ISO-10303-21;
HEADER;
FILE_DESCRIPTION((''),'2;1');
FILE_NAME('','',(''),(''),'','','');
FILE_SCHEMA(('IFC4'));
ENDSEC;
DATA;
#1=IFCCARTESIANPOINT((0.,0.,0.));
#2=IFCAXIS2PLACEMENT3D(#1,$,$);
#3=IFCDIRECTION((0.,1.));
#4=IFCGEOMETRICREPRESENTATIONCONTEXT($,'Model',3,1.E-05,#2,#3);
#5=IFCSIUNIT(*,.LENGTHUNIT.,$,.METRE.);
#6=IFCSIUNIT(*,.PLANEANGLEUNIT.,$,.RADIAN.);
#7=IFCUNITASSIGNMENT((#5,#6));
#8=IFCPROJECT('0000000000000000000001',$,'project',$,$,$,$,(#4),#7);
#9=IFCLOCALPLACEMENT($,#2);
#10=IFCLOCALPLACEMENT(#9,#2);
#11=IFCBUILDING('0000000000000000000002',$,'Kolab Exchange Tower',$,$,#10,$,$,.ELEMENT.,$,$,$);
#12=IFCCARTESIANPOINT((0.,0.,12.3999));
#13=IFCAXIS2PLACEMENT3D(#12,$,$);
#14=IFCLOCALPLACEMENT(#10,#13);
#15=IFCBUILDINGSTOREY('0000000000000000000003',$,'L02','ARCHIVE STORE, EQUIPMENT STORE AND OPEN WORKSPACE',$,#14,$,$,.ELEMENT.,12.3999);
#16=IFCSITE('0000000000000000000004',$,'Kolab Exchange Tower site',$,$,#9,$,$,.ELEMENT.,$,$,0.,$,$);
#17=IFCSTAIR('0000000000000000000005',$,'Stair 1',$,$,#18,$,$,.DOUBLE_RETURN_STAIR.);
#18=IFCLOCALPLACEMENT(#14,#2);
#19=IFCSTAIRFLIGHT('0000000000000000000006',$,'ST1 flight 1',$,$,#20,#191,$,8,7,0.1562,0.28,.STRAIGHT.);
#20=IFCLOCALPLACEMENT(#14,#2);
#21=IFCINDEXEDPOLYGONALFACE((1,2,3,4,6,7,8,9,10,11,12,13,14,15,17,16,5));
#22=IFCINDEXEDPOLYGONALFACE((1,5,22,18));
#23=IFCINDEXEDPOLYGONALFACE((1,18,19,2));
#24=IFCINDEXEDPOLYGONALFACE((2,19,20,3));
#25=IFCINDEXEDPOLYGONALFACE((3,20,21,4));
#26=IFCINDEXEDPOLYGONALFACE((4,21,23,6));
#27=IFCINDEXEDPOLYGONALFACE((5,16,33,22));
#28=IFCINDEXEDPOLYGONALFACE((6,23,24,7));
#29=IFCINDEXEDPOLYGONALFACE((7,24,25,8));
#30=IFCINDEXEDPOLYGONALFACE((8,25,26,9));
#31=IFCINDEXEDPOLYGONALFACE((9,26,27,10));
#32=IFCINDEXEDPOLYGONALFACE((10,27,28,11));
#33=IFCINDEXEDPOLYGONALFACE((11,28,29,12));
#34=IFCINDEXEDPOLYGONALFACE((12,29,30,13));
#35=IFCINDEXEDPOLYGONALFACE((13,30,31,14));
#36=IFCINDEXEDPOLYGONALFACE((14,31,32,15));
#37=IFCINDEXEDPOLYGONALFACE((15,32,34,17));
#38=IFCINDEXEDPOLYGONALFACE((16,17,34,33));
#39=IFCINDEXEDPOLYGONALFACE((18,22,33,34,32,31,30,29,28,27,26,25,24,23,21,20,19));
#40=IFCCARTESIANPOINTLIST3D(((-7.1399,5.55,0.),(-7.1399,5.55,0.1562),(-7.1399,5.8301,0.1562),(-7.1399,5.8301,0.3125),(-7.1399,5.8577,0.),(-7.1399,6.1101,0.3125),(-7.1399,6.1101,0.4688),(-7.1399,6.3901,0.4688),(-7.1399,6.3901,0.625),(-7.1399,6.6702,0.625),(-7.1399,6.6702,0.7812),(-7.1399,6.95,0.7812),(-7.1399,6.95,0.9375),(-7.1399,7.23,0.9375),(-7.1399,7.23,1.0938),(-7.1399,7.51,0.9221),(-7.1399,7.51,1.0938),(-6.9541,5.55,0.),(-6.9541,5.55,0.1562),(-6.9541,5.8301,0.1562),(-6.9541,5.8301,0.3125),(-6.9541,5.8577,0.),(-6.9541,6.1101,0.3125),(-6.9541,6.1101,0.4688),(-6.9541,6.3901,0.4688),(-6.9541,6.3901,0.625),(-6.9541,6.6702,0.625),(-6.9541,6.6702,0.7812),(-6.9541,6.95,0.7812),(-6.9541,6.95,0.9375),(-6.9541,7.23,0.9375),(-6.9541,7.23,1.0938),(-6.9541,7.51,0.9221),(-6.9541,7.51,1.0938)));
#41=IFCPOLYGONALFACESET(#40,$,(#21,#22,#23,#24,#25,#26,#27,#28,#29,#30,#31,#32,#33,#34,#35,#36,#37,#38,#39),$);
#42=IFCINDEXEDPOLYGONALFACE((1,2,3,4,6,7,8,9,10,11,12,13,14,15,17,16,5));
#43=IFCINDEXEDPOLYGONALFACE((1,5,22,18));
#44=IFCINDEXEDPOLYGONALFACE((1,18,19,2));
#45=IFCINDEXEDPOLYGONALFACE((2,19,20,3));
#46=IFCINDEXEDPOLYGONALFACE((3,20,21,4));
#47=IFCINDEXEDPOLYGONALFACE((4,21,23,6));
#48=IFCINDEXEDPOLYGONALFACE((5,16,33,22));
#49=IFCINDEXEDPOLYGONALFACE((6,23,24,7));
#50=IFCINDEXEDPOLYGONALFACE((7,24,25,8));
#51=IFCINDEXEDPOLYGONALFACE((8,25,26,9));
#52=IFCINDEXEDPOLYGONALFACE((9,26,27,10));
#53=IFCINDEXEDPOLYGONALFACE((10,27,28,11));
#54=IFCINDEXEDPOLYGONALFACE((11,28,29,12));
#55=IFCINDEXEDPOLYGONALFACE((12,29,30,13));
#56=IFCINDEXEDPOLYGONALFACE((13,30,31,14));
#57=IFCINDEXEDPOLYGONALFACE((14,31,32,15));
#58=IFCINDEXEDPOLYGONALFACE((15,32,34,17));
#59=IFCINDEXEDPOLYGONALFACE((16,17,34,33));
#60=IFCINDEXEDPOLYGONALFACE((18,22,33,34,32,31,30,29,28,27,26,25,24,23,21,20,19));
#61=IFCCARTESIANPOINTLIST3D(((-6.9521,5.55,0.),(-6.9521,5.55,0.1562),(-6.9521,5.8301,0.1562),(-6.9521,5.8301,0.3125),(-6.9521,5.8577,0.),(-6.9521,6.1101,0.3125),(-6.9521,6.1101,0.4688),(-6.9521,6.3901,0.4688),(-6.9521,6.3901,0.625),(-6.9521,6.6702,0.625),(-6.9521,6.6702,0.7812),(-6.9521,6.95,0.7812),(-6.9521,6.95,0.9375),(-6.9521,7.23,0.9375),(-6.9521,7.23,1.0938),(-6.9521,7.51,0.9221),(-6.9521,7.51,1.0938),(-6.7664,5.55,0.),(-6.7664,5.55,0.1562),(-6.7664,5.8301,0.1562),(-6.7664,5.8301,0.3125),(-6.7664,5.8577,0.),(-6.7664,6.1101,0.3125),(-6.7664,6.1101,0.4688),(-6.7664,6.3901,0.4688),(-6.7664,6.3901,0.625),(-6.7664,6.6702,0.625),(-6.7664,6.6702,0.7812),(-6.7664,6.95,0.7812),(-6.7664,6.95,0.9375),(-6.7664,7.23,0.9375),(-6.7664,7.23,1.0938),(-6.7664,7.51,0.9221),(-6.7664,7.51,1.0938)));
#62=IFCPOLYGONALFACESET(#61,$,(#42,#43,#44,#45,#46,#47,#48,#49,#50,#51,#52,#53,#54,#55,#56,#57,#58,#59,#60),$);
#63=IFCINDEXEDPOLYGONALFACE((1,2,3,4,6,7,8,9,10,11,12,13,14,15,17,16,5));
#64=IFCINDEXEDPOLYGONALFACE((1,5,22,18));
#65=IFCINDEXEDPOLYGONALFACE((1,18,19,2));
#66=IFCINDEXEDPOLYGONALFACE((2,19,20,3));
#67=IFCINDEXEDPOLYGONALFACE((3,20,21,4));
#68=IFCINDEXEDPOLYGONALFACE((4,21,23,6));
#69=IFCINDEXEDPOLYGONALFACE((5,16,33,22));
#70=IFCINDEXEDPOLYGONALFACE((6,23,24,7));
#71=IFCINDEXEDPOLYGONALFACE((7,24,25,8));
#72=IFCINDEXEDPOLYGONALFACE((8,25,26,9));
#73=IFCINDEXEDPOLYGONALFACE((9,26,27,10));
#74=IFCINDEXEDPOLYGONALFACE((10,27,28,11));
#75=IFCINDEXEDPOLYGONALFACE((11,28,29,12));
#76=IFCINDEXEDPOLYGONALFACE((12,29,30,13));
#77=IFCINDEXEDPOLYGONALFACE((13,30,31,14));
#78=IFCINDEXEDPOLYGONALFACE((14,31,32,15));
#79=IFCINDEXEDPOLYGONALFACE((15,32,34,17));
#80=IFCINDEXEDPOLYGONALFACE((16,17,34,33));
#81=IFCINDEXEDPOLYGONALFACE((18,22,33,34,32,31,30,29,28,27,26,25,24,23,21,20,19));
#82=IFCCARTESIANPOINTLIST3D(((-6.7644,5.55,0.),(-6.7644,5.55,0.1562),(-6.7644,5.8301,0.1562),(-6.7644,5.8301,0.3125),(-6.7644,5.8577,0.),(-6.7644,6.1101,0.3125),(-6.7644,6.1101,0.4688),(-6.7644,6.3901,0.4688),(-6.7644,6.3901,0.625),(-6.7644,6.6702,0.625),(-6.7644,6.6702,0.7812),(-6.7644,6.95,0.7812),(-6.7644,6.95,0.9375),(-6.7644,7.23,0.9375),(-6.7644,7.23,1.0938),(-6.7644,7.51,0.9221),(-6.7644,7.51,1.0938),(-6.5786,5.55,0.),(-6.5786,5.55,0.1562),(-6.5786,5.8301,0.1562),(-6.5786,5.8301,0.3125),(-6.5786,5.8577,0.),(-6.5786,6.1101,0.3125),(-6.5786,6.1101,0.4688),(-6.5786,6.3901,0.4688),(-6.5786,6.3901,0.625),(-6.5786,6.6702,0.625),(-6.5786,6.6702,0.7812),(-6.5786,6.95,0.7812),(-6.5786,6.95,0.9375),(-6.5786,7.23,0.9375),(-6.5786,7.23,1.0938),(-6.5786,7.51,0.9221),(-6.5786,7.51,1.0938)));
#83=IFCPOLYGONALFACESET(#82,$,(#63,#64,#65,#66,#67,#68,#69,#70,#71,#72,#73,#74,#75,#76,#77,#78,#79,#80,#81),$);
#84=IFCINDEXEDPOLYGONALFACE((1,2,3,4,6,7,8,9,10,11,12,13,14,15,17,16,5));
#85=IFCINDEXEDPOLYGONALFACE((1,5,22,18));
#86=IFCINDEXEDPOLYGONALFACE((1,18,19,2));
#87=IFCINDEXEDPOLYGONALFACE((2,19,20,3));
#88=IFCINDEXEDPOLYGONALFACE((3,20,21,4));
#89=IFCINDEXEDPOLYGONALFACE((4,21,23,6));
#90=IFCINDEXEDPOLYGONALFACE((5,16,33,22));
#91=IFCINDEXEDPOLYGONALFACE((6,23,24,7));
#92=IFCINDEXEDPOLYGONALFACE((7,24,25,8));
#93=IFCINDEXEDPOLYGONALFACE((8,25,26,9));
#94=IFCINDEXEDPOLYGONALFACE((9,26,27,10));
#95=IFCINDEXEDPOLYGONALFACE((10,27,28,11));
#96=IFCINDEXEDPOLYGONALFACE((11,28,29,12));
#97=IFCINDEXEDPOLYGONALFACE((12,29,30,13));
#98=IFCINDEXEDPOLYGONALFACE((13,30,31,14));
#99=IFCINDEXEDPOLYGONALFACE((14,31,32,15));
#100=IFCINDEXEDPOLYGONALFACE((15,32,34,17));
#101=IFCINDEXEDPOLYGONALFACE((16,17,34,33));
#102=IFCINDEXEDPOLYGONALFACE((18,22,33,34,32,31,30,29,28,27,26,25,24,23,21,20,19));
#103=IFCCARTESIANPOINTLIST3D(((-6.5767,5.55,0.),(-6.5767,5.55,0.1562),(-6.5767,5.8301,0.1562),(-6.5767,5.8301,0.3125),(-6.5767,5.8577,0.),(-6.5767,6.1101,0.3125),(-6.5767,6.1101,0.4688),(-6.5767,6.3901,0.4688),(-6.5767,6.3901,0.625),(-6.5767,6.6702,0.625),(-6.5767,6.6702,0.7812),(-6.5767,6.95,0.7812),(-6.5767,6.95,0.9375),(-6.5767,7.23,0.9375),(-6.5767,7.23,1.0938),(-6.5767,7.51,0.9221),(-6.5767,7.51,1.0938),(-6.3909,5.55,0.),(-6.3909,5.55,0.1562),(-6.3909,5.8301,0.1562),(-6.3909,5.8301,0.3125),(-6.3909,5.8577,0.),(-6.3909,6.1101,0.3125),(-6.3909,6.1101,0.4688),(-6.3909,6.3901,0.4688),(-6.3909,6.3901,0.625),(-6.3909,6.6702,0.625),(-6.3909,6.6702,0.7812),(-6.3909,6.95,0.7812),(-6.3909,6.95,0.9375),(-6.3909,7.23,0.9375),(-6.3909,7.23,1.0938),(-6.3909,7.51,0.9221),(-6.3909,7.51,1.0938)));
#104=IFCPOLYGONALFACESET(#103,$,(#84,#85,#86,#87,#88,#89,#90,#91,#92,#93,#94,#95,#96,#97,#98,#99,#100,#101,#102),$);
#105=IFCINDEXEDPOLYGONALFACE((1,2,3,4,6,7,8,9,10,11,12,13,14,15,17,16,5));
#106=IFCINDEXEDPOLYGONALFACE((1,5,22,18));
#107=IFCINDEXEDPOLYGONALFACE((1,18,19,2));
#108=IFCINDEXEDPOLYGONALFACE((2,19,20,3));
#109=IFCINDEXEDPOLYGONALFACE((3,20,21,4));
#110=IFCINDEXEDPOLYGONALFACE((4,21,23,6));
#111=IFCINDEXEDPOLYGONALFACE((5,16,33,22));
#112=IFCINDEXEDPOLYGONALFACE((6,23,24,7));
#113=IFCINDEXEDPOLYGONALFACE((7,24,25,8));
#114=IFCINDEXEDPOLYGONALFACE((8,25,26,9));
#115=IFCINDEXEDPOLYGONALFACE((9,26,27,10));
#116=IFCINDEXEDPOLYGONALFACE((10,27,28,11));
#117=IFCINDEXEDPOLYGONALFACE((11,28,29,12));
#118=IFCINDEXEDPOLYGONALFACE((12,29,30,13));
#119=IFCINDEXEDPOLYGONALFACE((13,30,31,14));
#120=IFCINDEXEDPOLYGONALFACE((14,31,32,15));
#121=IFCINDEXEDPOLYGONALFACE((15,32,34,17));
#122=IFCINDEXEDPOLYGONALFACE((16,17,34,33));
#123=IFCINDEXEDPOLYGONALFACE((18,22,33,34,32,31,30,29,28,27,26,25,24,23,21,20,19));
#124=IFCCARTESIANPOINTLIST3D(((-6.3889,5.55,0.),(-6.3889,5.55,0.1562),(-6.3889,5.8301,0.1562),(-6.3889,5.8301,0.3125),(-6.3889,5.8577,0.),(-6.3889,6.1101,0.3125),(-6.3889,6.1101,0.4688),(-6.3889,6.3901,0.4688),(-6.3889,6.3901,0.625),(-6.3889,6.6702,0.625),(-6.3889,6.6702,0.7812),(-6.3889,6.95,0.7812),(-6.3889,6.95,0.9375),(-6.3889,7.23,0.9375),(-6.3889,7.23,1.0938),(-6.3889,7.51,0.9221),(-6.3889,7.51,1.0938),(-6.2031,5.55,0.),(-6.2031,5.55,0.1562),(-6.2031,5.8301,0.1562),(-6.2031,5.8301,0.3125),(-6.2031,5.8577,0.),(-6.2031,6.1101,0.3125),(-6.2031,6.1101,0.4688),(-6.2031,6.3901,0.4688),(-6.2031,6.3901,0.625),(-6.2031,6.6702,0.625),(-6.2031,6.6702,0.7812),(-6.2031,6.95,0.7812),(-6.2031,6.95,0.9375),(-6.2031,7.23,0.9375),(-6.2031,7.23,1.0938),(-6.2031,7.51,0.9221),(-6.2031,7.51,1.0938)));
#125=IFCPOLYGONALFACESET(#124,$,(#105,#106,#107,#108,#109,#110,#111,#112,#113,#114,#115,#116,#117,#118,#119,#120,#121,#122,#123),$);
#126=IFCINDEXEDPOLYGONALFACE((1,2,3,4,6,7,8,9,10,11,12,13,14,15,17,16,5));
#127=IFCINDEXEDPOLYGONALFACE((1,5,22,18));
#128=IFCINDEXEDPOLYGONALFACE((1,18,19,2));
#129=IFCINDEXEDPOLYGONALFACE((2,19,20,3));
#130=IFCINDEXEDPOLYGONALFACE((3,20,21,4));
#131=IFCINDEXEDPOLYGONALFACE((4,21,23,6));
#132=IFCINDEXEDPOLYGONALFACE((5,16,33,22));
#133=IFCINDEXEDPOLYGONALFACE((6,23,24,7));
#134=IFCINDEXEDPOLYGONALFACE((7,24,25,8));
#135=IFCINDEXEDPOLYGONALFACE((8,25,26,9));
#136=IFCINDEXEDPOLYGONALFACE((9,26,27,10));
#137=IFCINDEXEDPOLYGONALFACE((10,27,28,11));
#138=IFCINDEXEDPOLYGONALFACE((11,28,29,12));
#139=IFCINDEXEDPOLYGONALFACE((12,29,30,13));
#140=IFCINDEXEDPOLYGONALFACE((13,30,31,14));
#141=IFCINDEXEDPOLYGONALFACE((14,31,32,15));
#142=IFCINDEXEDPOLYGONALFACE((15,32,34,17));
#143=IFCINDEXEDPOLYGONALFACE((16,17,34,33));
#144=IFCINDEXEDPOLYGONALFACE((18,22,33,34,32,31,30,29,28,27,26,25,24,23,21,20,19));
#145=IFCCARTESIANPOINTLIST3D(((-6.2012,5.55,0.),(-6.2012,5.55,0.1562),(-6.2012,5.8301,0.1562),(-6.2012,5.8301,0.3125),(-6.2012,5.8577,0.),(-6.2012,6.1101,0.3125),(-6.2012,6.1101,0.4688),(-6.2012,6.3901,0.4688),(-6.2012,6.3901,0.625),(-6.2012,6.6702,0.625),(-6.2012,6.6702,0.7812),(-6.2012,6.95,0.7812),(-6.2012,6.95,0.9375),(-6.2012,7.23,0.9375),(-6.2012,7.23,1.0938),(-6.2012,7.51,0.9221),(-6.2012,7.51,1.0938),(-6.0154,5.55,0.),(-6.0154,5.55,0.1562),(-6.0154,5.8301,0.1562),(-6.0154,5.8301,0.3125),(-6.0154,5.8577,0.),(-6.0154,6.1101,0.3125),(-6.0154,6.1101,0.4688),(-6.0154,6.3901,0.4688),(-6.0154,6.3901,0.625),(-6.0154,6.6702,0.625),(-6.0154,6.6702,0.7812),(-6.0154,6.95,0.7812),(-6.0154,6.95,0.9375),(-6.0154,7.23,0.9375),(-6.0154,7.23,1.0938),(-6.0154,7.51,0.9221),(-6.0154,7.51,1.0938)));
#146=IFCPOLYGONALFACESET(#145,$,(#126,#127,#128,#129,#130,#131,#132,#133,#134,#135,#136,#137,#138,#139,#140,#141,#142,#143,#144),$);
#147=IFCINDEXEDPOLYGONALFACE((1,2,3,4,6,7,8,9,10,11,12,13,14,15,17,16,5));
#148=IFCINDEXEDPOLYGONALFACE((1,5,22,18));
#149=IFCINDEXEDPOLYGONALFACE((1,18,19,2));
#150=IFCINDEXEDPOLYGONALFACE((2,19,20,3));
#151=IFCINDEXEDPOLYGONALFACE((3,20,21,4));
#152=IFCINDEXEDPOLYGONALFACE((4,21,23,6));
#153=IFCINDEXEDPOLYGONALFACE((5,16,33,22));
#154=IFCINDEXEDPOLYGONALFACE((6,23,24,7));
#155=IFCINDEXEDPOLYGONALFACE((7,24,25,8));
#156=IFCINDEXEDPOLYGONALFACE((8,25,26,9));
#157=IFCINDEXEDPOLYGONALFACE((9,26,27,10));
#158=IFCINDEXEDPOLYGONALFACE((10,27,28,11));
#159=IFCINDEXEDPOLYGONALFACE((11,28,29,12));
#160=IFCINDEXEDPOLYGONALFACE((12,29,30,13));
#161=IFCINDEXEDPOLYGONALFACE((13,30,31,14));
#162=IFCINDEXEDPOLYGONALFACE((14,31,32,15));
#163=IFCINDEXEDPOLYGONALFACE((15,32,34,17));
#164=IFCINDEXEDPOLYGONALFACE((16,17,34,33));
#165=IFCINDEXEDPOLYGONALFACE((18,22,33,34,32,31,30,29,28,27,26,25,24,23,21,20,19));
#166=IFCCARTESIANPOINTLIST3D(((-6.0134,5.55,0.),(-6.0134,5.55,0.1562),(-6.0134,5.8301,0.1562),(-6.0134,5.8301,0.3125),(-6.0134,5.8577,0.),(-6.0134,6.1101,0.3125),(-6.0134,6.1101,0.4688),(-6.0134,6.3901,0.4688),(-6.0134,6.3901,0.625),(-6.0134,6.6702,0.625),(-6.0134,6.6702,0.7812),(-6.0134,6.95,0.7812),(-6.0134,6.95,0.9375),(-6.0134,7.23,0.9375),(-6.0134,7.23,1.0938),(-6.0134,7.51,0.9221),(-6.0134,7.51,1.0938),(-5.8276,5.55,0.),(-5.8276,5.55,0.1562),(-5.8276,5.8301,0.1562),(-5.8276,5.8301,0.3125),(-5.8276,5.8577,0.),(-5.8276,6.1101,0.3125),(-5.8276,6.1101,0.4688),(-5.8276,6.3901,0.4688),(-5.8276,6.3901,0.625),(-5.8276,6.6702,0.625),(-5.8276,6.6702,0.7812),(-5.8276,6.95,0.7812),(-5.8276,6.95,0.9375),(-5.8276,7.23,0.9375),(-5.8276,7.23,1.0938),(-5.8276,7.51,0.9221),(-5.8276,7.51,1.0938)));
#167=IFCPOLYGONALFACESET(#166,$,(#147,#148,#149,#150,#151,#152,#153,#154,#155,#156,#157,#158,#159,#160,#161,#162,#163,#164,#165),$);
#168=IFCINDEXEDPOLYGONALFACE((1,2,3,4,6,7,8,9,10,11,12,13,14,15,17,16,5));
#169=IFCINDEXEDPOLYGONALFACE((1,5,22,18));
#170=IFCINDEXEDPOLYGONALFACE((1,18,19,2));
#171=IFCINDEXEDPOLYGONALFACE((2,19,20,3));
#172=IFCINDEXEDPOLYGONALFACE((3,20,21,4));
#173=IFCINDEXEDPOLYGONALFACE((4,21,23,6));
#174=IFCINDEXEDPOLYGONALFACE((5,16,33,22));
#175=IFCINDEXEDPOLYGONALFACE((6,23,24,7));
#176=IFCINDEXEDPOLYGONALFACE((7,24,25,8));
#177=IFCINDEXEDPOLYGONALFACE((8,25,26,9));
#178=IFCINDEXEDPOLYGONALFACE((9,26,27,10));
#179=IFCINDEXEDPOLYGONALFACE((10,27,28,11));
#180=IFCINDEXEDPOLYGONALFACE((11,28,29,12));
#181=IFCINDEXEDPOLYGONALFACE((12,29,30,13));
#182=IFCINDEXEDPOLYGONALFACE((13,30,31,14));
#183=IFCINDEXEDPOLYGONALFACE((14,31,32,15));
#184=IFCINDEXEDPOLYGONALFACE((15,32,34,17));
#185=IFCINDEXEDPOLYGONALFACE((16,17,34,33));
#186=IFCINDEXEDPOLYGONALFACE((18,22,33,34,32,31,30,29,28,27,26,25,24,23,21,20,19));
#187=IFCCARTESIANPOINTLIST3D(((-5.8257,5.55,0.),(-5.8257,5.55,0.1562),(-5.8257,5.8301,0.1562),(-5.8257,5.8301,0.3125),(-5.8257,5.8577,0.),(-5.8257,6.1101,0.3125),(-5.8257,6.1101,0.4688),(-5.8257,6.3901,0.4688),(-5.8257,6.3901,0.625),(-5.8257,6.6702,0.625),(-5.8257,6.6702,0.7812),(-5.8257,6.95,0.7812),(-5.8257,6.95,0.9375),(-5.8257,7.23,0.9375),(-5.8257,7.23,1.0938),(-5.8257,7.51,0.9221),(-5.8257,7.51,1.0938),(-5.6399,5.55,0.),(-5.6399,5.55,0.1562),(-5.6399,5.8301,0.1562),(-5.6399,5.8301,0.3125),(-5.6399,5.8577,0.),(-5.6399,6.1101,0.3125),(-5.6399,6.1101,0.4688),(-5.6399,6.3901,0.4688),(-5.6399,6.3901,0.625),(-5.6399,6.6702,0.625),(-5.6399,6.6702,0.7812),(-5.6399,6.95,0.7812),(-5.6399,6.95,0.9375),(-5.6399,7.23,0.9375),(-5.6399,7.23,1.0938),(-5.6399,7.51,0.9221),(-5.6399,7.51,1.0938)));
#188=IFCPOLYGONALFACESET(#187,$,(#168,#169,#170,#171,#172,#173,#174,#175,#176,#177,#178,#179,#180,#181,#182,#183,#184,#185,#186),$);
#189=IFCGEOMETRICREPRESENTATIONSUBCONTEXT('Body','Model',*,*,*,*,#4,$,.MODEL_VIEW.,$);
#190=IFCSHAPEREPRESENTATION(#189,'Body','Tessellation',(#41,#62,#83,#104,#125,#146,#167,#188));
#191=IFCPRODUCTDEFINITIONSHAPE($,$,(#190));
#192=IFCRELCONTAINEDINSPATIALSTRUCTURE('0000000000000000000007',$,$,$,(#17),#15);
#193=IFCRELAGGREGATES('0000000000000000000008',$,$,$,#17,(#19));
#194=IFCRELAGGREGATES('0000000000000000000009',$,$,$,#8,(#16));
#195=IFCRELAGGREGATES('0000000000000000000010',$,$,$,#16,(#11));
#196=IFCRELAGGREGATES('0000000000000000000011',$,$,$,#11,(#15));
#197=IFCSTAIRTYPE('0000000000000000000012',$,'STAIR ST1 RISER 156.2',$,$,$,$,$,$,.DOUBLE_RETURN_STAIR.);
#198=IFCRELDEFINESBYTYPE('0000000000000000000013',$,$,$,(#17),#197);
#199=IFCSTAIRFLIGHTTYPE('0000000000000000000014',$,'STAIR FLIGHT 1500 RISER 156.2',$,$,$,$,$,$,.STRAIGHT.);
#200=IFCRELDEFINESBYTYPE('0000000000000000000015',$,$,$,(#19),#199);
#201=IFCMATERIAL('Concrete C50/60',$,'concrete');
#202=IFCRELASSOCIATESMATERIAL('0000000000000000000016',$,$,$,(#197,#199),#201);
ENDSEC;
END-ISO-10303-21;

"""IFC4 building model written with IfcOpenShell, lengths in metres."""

from ifc_helpers import new_model, si_unit, direction, frame, origin, place, context, subcontext, project, spatial, polyline, outline, extrude, material, type_object, element, aggregate, save


model = new_model("IFC4")

# Units and contexts
model_context = context("Model", 3, precision=1e-05, world=origin(), true_north=direction((0.0, 1.0)))
body_context = subcontext(model_context, "Body", "Model", "MODEL_VIEW")
ifc_project = project(units=[si_unit("LENGTHUNIT", "METRE"), si_unit("PLANEANGLEUNIT", "RADIAN")], contexts=[model_context])

# Site, building, storey
site_placement = place(None, origin())
site = spatial("IfcSite", under=ifc_project, at=site_placement, Name="Kolab Exchange Tower site", CompositionType="ELEMENT", RefElevation=0.0)
building_placement = place(site_placement, origin())
building = spatial("IfcBuilding", under=site, at=building_placement, Name="Kolab Exchange Tower", CompositionType="ELEMENT")
storey_placement = place(building_placement, frame((0.0, 0.0, 12.3999)))
storey = spatial("IfcBuildingStorey", under=building, at=storey_placement, Name="L02", Description="ARCHIVE STORE, EQUIPMENT STORE AND OPEN WORKSPACE", CompositionType="ELEMENT", Elevation=12.3999)

# Shared definitions
ifc_material_1 = material(Name="Concrete C50/60", Category="concrete")

# Stair, stair flight
stair_type = type_object("IfcStairType", Name="STAIR ST1 RISER 156.2", PredefinedType="DOUBLE_RETURN_STAIR", material=ifc_material_1)
stair_placement = place(storey_placement, origin())
stair = element("IfcStair", 1, at=stair_placement, inside=storey, type_object=stair_type, Name="Stair 1", PredefinedType="DOUBLE_RETURN_STAIR")
stair_flight_type = type_object("IfcStairFlightType", Name="STAIR FLIGHT 1500 RISER 156.2", PredefinedType="STRAIGHT", material=ifc_material_1)
stair_flight_1_placement = place(storey_placement, frame((-6.3899, 5.55, 0.0), z_axis=(0.0, 0.0, 1.0), x_axis=(0.0, 1.0, 0.0)))
stair_flight_1 = element("IfcStairFlight", 2, at=stair_flight_1_placement, type_object=stair_flight_type, Name="ST1 flight 1", NumberOfRisers=8, NumberOfTreads=7, PredefinedType="STRAIGHT", RiserHeight=0.1562, TreadLength=0.28, context=body_context, shape_type="SweptSolid", body=[
    extrude(outline(polyline([(0.0, 0.0), (0.0, 0.1562), (0.28, 0.1562), (0.28, 0.3125), (0.5601, 0.3125), (0.5601, 0.4688), (0.8401, 0.4688), (0.8401, 0.625), (1.1201, 0.625), (1.1201, 0.7812), (1.3999, 0.7812), (1.3999, 0.9375), (1.6799, 0.9375), (1.6799, 1.0938), (1.96, 1.0938), (1.96, 1.25), (1.96, 0.9221), (0.3076, 0.0), (0.0, 0.0)])), frame((0.0, 0.75, 0.0), z_axis=(0.0, -1.0, 0.0), x_axis=(1.0, 0.0, 0.0)), (0.0, 0.0, 1.0), 0.1858),
    extrude(outline(polyline([(0.0, 0.0), (0.0, 0.1562), (0.28, 0.1562), (0.28, 0.3125), (0.5601, 0.3125), (0.5601, 0.4688), (0.8401, 0.4688), (0.8401, 0.625), (1.1201, 0.625), (1.1201, 0.7812), (1.3999, 0.7812), (1.3999, 0.9375), (1.6799, 0.9375), (1.6799, 1.0938), (1.96, 1.0938), (1.96, 1.25), (1.96, 0.9221), (0.3076, 0.0), (0.0, 0.0)])), frame((0.0, 0.5623, 0.0), z_axis=(0.0, -1.0, 0.0), x_axis=(1.0, 0.0, 0.0)), (0.0, 0.0, 1.0), 0.1858),
    extrude(outline(polyline([(0.0, 0.0), (0.0, 0.1562), (0.28, 0.1562), (0.28, 0.3125), (0.5601, 0.3125), (0.5601, 0.4688), (0.8401, 0.4688), (0.8401, 0.625), (1.1201, 0.625), (1.1201, 0.7812), (1.3999, 0.7812), (1.3999, 0.9375), (1.6799, 0.9375), (1.6799, 1.0938), (1.96, 1.0938), (1.96, 1.25), (1.96, 0.9221), (0.3076, 0.0), (0.0, 0.0)])), frame((0.0, 0.3745, 0.0), z_axis=(0.0, -1.0, 0.0), x_axis=(1.0, 0.0, 0.0)), (0.0, 0.0, 1.0), 0.1858),
    extrude(outline(polyline([(0.0, 0.0), (0.0, 0.1562), (0.28, 0.1562), (0.28, 0.3125), (0.5601, 0.3125), (0.5601, 0.4688), (0.8401, 0.4688), (0.8401, 0.625), (1.1201, 0.625), (1.1201, 0.7812), (1.3999, 0.7812), (1.3999, 0.9375), (1.6799, 0.9375), (1.6799, 1.0938), (1.96, 1.0938), (1.96, 1.25), (1.96, 0.9221), (0.3076, 0.0), (0.0, 0.0)])), frame((0.0, 0.1868, 0.0), z_axis=(0.0, -1.0, 0.0), x_axis=(1.0, 0.0, 0.0)), (0.0, 0.0, 1.0), 0.1858),
    extrude(outline(polyline([(0.0, 0.0), (0.0, 0.1562), (0.28, 0.1562), (0.28, 0.3125), (0.5601, 0.3125), (0.5601, 0.4688), (0.8401, 0.4688), (0.8401, 0.625), (1.1201, 0.625), (1.1201, 0.7812), (1.3999, 0.7812), (1.3999, 0.9375), (1.6799, 0.9375), (1.6799, 1.0938), (1.96, 1.0938), (1.96, 1.25), (1.96, 0.9221), (0.3076, 0.0), (0.0, 0.0)])), frame((0.0, -0.001, 0.0), z_axis=(0.0, -1.0, 0.0), x_axis=(1.0, 0.0, 0.0)), (0.0, 0.0, 1.0), 0.1858),
    extrude(outline(polyline([(0.0, 0.0), (0.0, 0.1562), (0.28, 0.1562), (0.28, 0.3125), (0.5601, 0.3125), (0.5601, 0.4688), (0.8401, 0.4688), (0.8401, 0.625), (1.1201, 0.625), (1.1201, 0.7812), (1.3999, 0.7812), (1.3999, 0.9375), (1.6799, 0.9375), (1.6799, 1.0938), (1.96, 1.0938), (1.96, 1.25), (1.96, 0.9221), (0.3076, 0.0), (0.0, 0.0)])), frame((0.0, -0.1887, 0.0), z_axis=(0.0, -1.0, 0.0), x_axis=(1.0, 0.0, 0.0)), (0.0, 0.0, 1.0), 0.1858),
    extrude(outline(polyline([(0.0, 0.0), (0.0, 0.1562), (0.28, 0.1562), (0.28, 0.3125), (0.5601, 0.3125), (0.5601, 0.4688), (0.8401, 0.4688), (0.8401, 0.625), (1.1201, 0.625), (1.1201, 0.7812), (1.3999, 0.7812), (1.3999, 0.9375), (1.6799, 0.9375), (1.6799, 1.0938), (1.96, 1.0938), (1.96, 1.25), (1.96, 0.9221), (0.3076, 0.0), (0.0, 0.0)])), frame((0.0, -0.3765, 0.0), z_axis=(0.0, -1.0, 0.0), x_axis=(1.0, 0.0, 0.0)), (0.0, 0.0, 1.0), 0.1858),
    extrude(outline(polyline([(0.0, 0.0), (0.0, 0.1562), (0.28, 0.1562), (0.28, 0.3125), (0.5601, 0.3125), (0.5601, 0.4688), (0.8401, 0.4688), (0.8401, 0.625), (1.1201, 0.625), (1.1201, 0.7812), (1.3999, 0.7812), (1.3999, 0.9375), (1.6799, 0.9375), (1.6799, 1.0938), (1.96, 1.0938), (1.96, 1.25), (1.96, 0.9221), (0.3076, 0.0), (0.0, 0.0)])), frame((0.0, -0.5642, 0.0), z_axis=(0.0, -1.0, 0.0), x_axis=(1.0, 0.0, 0.0)), (0.0, 0.0, 1.0), 0.1858),
])
aggregate(stair, [stair_flight_1])

save(model, "model.ifc")
